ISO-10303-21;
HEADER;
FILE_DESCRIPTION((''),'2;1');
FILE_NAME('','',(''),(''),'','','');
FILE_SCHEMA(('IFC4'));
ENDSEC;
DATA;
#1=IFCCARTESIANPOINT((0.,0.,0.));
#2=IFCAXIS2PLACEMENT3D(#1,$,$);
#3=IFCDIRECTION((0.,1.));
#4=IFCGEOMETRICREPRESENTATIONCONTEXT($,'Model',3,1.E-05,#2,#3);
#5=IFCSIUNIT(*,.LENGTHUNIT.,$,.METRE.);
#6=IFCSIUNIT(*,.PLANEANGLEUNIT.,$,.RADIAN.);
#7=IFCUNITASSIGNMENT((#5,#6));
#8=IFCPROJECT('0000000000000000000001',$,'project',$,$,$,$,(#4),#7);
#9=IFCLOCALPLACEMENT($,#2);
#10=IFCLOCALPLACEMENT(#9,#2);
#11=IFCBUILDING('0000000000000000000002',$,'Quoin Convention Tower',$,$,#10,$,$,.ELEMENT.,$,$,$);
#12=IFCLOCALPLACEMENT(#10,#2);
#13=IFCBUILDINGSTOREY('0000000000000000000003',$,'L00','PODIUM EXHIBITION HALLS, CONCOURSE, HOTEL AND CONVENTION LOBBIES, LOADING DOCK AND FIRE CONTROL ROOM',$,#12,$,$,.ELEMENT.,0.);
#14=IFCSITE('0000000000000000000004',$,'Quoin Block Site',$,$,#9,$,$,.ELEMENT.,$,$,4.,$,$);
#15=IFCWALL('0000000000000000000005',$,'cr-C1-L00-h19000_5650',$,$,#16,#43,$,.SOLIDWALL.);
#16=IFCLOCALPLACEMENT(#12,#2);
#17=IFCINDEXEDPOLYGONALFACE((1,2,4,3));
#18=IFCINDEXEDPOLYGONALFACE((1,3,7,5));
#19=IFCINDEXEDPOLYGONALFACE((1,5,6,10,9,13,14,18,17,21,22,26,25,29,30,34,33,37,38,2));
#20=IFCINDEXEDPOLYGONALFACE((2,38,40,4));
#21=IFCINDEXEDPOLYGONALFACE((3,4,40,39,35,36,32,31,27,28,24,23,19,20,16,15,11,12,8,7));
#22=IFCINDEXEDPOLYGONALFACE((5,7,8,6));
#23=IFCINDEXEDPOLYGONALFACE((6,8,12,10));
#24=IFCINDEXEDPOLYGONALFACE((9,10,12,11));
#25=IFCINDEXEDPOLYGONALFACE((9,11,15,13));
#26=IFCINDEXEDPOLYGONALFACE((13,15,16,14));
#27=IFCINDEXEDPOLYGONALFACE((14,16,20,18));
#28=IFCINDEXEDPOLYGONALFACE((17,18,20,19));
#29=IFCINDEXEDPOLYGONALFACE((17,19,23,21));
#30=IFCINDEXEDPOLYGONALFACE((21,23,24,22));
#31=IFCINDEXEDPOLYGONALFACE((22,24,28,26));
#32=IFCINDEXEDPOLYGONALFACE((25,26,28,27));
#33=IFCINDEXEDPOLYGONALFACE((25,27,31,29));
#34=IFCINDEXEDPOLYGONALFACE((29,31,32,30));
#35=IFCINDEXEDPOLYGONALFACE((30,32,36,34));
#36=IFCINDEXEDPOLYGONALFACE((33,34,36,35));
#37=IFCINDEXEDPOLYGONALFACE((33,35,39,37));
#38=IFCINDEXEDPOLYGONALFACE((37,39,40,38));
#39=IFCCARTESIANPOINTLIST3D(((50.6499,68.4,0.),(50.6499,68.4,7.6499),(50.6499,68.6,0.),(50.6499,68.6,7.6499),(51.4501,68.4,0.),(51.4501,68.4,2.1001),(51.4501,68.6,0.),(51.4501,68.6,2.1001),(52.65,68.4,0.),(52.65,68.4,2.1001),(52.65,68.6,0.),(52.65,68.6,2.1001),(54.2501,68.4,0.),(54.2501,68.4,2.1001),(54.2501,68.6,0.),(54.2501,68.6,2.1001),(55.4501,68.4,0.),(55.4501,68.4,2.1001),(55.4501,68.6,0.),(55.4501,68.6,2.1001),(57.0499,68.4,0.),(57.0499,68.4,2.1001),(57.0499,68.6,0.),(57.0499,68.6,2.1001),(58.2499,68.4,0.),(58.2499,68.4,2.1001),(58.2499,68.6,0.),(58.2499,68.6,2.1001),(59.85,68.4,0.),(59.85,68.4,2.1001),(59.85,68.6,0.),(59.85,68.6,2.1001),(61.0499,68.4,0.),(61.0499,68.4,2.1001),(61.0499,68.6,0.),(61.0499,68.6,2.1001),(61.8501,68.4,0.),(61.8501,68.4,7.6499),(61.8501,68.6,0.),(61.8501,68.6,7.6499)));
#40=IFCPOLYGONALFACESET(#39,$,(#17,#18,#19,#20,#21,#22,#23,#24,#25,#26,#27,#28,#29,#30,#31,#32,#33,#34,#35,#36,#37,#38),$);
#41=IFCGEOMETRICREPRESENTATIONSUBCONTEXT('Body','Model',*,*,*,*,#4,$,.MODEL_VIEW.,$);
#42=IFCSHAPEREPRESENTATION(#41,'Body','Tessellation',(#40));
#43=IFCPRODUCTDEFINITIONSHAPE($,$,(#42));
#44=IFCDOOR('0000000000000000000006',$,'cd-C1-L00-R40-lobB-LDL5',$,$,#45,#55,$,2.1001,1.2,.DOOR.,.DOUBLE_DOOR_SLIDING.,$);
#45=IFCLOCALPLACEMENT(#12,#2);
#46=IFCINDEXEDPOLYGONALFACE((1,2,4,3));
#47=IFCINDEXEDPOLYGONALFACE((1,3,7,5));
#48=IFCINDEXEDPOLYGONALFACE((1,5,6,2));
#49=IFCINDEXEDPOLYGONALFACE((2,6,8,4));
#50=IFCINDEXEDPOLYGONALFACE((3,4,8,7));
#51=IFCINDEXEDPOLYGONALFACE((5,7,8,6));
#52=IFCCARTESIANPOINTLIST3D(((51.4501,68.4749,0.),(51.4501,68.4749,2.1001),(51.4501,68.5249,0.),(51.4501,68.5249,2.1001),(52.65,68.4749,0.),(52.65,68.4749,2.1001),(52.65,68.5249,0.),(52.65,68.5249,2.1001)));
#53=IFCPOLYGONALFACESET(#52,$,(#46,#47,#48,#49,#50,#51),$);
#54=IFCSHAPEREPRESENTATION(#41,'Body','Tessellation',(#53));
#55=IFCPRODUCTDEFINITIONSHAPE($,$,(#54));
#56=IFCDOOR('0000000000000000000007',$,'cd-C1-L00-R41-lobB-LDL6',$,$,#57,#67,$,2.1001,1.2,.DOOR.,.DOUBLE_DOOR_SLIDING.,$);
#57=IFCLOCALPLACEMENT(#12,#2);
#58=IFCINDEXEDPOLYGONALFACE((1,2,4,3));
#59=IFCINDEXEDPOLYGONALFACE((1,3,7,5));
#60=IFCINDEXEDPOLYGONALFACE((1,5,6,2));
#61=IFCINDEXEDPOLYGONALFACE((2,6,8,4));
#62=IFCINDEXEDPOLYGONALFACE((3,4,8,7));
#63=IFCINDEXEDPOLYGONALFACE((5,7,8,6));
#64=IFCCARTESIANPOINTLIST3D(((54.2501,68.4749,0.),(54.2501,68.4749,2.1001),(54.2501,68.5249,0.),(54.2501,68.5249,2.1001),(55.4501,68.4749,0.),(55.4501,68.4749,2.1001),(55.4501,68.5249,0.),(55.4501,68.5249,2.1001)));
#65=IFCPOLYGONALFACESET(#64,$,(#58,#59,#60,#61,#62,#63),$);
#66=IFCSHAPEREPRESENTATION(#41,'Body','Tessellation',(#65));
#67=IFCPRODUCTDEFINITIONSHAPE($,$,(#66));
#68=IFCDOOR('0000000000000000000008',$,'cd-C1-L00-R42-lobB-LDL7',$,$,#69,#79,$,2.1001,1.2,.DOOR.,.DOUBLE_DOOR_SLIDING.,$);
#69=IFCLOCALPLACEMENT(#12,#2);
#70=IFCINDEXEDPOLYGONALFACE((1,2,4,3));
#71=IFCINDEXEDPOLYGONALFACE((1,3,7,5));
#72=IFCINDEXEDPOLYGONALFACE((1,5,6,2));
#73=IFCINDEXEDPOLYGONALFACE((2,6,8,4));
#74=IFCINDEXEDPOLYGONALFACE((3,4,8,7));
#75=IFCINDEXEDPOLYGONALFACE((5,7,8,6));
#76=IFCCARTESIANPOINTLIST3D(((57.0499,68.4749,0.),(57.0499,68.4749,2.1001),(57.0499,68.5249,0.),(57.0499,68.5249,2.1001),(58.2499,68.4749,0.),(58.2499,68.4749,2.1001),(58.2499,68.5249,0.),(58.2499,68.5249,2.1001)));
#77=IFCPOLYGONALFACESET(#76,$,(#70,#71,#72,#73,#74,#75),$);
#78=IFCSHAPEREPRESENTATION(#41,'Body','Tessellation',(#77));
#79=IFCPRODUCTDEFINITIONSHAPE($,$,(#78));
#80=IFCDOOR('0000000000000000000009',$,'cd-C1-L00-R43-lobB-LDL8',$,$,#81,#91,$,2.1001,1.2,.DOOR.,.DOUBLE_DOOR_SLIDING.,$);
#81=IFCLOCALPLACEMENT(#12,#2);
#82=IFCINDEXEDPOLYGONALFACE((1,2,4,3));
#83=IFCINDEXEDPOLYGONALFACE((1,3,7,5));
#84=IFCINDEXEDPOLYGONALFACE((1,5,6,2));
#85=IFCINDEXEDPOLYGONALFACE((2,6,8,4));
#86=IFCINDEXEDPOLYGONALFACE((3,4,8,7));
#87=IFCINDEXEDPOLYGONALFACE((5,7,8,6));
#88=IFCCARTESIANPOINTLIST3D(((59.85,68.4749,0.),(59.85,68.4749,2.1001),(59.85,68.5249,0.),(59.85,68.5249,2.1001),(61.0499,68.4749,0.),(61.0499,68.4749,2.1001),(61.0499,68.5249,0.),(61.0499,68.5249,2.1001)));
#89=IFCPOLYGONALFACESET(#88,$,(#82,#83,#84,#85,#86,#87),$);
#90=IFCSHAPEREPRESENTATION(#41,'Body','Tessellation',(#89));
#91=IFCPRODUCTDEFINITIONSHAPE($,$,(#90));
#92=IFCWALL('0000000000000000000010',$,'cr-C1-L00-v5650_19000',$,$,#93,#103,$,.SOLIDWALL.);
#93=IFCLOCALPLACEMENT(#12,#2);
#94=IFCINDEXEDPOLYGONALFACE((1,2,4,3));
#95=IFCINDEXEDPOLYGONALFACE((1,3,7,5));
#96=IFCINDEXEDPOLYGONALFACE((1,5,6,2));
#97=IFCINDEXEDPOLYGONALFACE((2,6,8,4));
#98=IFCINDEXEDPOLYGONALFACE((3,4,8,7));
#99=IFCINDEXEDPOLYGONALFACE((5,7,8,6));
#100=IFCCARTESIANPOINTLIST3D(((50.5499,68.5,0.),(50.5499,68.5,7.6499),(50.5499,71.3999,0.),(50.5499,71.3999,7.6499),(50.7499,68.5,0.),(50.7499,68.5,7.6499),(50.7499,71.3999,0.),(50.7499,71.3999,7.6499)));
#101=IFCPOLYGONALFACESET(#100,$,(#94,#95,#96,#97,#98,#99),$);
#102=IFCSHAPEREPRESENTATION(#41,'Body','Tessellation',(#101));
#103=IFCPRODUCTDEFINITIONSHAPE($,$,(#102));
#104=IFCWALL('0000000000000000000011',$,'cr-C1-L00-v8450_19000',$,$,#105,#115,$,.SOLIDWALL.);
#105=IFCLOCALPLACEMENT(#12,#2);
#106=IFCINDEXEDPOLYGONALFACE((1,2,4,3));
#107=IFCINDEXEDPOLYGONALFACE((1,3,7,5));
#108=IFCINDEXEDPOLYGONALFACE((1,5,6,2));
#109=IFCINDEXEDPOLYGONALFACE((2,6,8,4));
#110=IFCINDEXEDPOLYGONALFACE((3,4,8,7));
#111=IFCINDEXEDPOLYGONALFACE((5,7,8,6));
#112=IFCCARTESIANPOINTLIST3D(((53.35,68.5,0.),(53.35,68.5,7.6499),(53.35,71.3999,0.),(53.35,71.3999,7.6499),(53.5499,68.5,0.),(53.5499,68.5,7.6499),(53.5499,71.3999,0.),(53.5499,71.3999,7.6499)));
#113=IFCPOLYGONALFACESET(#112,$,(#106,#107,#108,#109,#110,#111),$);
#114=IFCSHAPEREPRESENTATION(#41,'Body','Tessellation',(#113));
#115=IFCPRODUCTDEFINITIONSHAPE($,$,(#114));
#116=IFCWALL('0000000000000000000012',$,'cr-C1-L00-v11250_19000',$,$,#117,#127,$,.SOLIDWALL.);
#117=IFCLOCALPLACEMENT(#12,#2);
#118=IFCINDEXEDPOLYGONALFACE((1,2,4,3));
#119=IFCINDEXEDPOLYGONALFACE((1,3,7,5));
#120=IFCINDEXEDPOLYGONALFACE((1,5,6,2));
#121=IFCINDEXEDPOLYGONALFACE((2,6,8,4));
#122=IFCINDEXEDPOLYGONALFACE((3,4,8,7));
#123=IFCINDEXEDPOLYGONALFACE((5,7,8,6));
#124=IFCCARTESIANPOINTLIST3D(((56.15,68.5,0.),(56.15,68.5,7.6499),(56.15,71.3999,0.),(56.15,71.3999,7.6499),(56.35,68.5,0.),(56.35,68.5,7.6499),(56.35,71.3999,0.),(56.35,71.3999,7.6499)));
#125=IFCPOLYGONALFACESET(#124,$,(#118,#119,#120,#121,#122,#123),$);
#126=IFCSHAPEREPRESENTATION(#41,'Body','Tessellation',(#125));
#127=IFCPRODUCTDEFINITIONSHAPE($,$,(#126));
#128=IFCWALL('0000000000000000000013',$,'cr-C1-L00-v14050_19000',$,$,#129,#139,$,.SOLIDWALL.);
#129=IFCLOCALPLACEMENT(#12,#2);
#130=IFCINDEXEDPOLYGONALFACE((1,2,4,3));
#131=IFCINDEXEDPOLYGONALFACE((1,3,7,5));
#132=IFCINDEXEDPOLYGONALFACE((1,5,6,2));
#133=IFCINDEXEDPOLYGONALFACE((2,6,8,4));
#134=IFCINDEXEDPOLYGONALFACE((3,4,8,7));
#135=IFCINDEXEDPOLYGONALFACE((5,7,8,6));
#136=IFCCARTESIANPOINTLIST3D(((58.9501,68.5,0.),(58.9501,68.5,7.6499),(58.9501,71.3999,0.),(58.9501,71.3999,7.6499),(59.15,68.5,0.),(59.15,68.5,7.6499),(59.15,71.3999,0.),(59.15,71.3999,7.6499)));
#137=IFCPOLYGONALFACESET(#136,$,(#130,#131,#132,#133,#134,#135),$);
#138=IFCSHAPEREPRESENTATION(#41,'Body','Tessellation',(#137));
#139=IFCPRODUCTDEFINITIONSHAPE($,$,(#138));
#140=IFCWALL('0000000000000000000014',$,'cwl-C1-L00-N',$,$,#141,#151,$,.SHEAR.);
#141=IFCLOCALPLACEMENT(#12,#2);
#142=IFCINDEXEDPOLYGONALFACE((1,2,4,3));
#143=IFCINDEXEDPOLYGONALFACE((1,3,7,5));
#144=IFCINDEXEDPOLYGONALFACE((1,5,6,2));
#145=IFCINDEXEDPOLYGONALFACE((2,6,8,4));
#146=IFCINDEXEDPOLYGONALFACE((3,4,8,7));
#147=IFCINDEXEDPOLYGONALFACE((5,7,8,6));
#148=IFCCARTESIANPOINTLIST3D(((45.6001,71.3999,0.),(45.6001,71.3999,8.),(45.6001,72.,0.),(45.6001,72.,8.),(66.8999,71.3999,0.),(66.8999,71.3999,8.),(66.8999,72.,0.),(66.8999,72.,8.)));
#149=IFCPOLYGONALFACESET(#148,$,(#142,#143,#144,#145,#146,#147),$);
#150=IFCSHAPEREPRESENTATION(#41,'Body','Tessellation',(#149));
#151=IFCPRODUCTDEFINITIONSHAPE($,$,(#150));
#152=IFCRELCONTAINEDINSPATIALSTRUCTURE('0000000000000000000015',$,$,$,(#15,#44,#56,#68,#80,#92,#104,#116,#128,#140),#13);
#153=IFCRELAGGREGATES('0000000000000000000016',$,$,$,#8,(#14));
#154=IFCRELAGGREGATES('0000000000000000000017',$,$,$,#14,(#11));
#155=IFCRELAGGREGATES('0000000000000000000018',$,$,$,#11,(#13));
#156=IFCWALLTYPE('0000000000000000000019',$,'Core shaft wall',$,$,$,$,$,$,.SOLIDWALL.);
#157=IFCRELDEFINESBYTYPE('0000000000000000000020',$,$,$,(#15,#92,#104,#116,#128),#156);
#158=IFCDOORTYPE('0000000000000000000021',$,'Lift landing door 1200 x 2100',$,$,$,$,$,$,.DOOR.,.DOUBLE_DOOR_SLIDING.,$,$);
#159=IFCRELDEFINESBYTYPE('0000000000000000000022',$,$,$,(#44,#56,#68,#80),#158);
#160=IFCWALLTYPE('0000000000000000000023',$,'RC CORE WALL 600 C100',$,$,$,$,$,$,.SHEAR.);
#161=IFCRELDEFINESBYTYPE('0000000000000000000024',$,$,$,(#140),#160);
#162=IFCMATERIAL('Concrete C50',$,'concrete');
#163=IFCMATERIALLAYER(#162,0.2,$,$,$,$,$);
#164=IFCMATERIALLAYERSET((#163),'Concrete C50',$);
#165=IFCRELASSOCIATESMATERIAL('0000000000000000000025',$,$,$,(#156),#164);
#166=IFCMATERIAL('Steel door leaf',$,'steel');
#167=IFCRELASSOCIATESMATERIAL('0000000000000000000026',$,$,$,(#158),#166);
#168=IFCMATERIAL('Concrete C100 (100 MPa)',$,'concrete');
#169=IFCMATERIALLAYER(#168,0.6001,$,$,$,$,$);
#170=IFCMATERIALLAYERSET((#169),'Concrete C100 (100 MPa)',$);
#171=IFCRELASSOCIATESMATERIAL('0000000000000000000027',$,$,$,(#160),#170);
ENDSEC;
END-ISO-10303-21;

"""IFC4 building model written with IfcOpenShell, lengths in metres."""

from ifc_helpers import new_model, si_unit, direction, frame, frame_2d, origin, place, context, subcontext, project, spatial, rectangle, extrude, material, layer, layer_set, type_object, element, fill, save


model = new_model("IFC4")

# Units and contexts
model_context = context("Model", 3, precision=1e-05, world=origin(), true_north=direction((0.0, 1.0)))
body_context = subcontext(model_context, "Body", "Model", "MODEL_VIEW")
ifc_project = project(units=[si_unit("LENGTHUNIT", "METRE"), si_unit("PLANEANGLEUNIT", "RADIAN")], contexts=[model_context])

# Site, building, storey
site_placement = place(None, origin())
site = spatial("IfcSite", under=ifc_project, at=site_placement, Name="Quoin Block Site", CompositionType="ELEMENT", RefElevation=4.0)
building_placement = place(site_placement, origin())
building = spatial("IfcBuilding", under=site, at=building_placement, Name="Quoin Convention Tower", CompositionType="ELEMENT")
storey_placement = place(building_placement, origin())
storey = spatial("IfcBuildingStorey", under=building, at=storey_placement, Name="L00", Description="PODIUM EXHIBITION HALLS, CONCOURSE, HOTEL AND CONVENTION LOBBIES, LOADING DOCK AND FIRE CONTROL ROOM", CompositionType="ELEMENT", Elevation=0.0)

# Shared definitions
ifc_material_1 = material(Name="Steel door leaf", Category="steel")

# Shared definitions
ifc_material_2 = material(Name="Concrete C50", Category="concrete")
ifc_layer_1 = layer(ifc_material_2, 0.2)
ifc_layer_set_1 = layer_set([ifc_layer_1], Name="Concrete C50")
wall_type_1 = type_object("IfcWallType", Name="Core shaft wall", PredefinedType="SOLIDWALL", material=ifc_layer_set_1)

# Wall, openings, doors
door_type_1 = type_object("IfcDoorType", Name="Lift landing door 1200 x 2100", OperationType="DOUBLE_DOOR_SLIDING", PredefinedType="DOOR", material=ifc_material_1)
wall_1_placement = place(storey_placement, frame((50.6499, 68.5, 0.0), z_axis=(0.0, 0.0, 1.0), x_axis=(1.0, 0.0, 0.0)))
wall_1 = element("IfcWall", 1, at=wall_1_placement, inside=storey, type_object=wall_type_1, Name="cr-C1-L00-h19000_5650", PredefinedType="SOLIDWALL", context=body_context, shape_type="SweptSolid", body=[
    extrude(rectangle(XDim=11.2002, YDim=0.2, at=frame_2d((5.6001, 0.0))), origin(), (0.0, 0.0, 1.0), 7.6499),
])
opening_1_placement = place(wall_1_placement, frame((0.8, 0.0, 0.0)))
opening_1 = element("IfcOpeningElement", 2, at=opening_1_placement, cuts=wall_1, PredefinedType="OPENING", context=body_context, shape_type="SweptSolid", body=[
    extrude(rectangle(XDim=1.2, YDim=2.1001, at=frame_2d((0.6001, 1.05))), frame((0.0, 0.1099, 0.0), z_axis=(0.0, -1.0, 0.0), x_axis=(1.0, 0.0, 0.0)), (0.0, 0.0, 1.0), 0.22),
])
opening_2_placement = place(wall_1_placement, frame((3.6001, 0.0, 0.0)))
opening_2 = element("IfcOpeningElement", 3, at=opening_2_placement, cuts=wall_1, PredefinedType="OPENING", context=body_context, shape_type="SweptSolid", body=[
    extrude(rectangle(XDim=1.2, YDim=2.1001, at=frame_2d((0.6001, 1.05))), frame((0.0, 0.1099, 0.0), z_axis=(0.0, -1.0, 0.0), x_axis=(1.0, 0.0, 0.0)), (0.0, 0.0, 1.0), 0.22),
])
opening_3_placement = place(wall_1_placement, frame((6.3999, 0.0, 0.0)))
opening_3 = element("IfcOpeningElement", 4, at=opening_3_placement, cuts=wall_1, PredefinedType="OPENING", context=body_context, shape_type="SweptSolid", body=[
    extrude(rectangle(XDim=1.2, YDim=2.1001, at=frame_2d((0.6001, 1.05))), frame((0.0, 0.1099, 0.0), z_axis=(0.0, -1.0, 0.0), x_axis=(1.0, 0.0, 0.0)), (0.0, 0.0, 1.0), 0.22),
])
opening_4_placement = place(wall_1_placement, frame((9.2, 0.0, 0.0)))
opening_4 = element("IfcOpeningElement", 5, at=opening_4_placement, cuts=wall_1, PredefinedType="OPENING", context=body_context, shape_type="SweptSolid", body=[
    extrude(rectangle(XDim=1.2, YDim=2.1001, at=frame_2d((0.6001, 1.05))), frame((0.0, 0.1099, 0.0), z_axis=(0.0, -1.0, 0.0), x_axis=(1.0, 0.0, 0.0)), (0.0, 0.0, 1.0), 0.22),
])
door_1_placement = place(opening_1_placement, origin())
door_1 = element("IfcDoor", 6, at=door_1_placement, inside=storey, type_object=door_type_1, Name="cd-C1-L00-R40-lobB-LDL5", OperationType="DOUBLE_DOOR_SLIDING", OverallHeight=2.1001, OverallWidth=1.2, PredefinedType="DOOR", context=body_context, shape_type="SweptSolid", body=[
    extrude(rectangle(XDim=1.2, YDim=2.1001, at=frame_2d((0.6001, 1.05))), frame((0.0, 0.0249, 0.0), z_axis=(0.0, -1.0, 0.0), x_axis=(1.0, 0.0, 0.0)), (0.0, 0.0, 1.0), 0.05),
])
fill(opening_1, door_1)
door_2_placement = place(opening_2_placement, origin())
door_2 = element("IfcDoor", 7, at=door_2_placement, inside=storey, type_object=door_type_1, Name="cd-C1-L00-R41-lobB-LDL6", OperationType="DOUBLE_DOOR_SLIDING", OverallHeight=2.1001, OverallWidth=1.2, PredefinedType="DOOR", context=body_context, shape_type="SweptSolid", body=[
    extrude(rectangle(XDim=1.2, YDim=2.1001, at=frame_2d((0.6001, 1.05))), frame((0.0, 0.0249, 0.0), z_axis=(0.0, -1.0, 0.0), x_axis=(1.0, 0.0, 0.0)), (0.0, 0.0, 1.0), 0.05),
])
fill(opening_2, door_2)
door_3_placement = place(opening_3_placement, origin())
door_3 = element("IfcDoor", 8, at=door_3_placement, inside=storey, type_object=door_type_1, Name="cd-C1-L00-R42-lobB-LDL7", OperationType="DOUBLE_DOOR_SLIDING", OverallHeight=2.1001, OverallWidth=1.2, PredefinedType="DOOR", context=body_context, shape_type="SweptSolid", body=[
    extrude(rectangle(XDim=1.2, YDim=2.1001, at=frame_2d((0.6001, 1.05))), frame((0.0, 0.0249, 0.0), z_axis=(0.0, -1.0, 0.0), x_axis=(1.0, 0.0, 0.0)), (0.0, 0.0, 1.0), 0.05),
])
fill(opening_3, door_3)
door_4_placement = place(opening_4_placement, origin())
door_4 = element("IfcDoor", 9, at=door_4_placement, inside=storey, type_object=door_type_1, Name="cd-C1-L00-R43-lobB-LDL8", OperationType="DOUBLE_DOOR_SLIDING", OverallHeight=2.1001, OverallWidth=1.2, PredefinedType="DOOR", context=body_context, shape_type="SweptSolid", body=[
    extrude(rectangle(XDim=1.2, YDim=2.1001, at=frame_2d((0.6001, 1.05))), frame((0.0, 0.0249, 0.0), z_axis=(0.0, -1.0, 0.0), x_axis=(1.0, 0.0, 0.0)), (0.0, 0.0, 1.0), 0.05),
])
fill(opening_4, door_4)

# Walls
for number, where, z_axis, x_axis, name in (
    (10, (50.6499, 68.5, 0.0), (0.0, 0.0, 1.0), (0.0, 1.0, 0.0), "cr-C1-L00-v5650_19000"),
    (11, (53.45, 68.5, 0.0), (0.0, 0.0, 1.0), (0.0, 1.0, 0.0), "cr-C1-L00-v8450_19000"),
    (12, (56.25, 68.5, 0.0), (0.0, 0.0, 1.0), (0.0, 1.0, 0.0), "cr-C1-L00-v11250_19000"),
    (13, (59.05, 68.5, 0.0), (0.0, 0.0, 1.0), (0.0, 1.0, 0.0), "cr-C1-L00-v14050_19000"),
):
    element("IfcWall", number, at=place(storey_placement, frame(where, z_axis=z_axis, x_axis=x_axis)), inside=storey, type_object=wall_type_1, Name=name, PredefinedType="SOLIDWALL", context=body_context, shape_type="SweptSolid", body=[
        extrude(rectangle(XDim=2.8999, YDim=0.2, at=frame_2d((1.45, 0.0))), origin(), (0.0, 0.0, 1.0), 7.6499),
    ])
ifc_material_3 = material(Name="Concrete C100 (100 MPa)", Category="concrete")
ifc_layer_2 = layer(ifc_material_3, 0.6001)
ifc_layer_set_2 = layer_set([ifc_layer_2], Name="Concrete C100 (100 MPa)")
wall_type_2 = type_object("IfcWallType", Name="RC CORE WALL 600 C100", PredefinedType="SHEAR", material=ifc_layer_set_2)
wall_2_placement = place(storey_placement, frame((45.6001, 71.7, 0.0), z_axis=(0.0, 0.0, 1.0), x_axis=(1.0, 0.0, 0.0)))
element("IfcWall", 14, at=wall_2_placement, inside=storey, type_object=wall_type_2, Name="cwl-C1-L00-N", PredefinedType="SHEAR", context=body_context, shape_type="SweptSolid", body=[
    extrude(rectangle(XDim=21.2998, YDim=0.6001, at=frame_2d((10.6499, 0.0))), origin(), (0.0, 0.0, 1.0), 8.0),
])

save(model, "model.ifc")
